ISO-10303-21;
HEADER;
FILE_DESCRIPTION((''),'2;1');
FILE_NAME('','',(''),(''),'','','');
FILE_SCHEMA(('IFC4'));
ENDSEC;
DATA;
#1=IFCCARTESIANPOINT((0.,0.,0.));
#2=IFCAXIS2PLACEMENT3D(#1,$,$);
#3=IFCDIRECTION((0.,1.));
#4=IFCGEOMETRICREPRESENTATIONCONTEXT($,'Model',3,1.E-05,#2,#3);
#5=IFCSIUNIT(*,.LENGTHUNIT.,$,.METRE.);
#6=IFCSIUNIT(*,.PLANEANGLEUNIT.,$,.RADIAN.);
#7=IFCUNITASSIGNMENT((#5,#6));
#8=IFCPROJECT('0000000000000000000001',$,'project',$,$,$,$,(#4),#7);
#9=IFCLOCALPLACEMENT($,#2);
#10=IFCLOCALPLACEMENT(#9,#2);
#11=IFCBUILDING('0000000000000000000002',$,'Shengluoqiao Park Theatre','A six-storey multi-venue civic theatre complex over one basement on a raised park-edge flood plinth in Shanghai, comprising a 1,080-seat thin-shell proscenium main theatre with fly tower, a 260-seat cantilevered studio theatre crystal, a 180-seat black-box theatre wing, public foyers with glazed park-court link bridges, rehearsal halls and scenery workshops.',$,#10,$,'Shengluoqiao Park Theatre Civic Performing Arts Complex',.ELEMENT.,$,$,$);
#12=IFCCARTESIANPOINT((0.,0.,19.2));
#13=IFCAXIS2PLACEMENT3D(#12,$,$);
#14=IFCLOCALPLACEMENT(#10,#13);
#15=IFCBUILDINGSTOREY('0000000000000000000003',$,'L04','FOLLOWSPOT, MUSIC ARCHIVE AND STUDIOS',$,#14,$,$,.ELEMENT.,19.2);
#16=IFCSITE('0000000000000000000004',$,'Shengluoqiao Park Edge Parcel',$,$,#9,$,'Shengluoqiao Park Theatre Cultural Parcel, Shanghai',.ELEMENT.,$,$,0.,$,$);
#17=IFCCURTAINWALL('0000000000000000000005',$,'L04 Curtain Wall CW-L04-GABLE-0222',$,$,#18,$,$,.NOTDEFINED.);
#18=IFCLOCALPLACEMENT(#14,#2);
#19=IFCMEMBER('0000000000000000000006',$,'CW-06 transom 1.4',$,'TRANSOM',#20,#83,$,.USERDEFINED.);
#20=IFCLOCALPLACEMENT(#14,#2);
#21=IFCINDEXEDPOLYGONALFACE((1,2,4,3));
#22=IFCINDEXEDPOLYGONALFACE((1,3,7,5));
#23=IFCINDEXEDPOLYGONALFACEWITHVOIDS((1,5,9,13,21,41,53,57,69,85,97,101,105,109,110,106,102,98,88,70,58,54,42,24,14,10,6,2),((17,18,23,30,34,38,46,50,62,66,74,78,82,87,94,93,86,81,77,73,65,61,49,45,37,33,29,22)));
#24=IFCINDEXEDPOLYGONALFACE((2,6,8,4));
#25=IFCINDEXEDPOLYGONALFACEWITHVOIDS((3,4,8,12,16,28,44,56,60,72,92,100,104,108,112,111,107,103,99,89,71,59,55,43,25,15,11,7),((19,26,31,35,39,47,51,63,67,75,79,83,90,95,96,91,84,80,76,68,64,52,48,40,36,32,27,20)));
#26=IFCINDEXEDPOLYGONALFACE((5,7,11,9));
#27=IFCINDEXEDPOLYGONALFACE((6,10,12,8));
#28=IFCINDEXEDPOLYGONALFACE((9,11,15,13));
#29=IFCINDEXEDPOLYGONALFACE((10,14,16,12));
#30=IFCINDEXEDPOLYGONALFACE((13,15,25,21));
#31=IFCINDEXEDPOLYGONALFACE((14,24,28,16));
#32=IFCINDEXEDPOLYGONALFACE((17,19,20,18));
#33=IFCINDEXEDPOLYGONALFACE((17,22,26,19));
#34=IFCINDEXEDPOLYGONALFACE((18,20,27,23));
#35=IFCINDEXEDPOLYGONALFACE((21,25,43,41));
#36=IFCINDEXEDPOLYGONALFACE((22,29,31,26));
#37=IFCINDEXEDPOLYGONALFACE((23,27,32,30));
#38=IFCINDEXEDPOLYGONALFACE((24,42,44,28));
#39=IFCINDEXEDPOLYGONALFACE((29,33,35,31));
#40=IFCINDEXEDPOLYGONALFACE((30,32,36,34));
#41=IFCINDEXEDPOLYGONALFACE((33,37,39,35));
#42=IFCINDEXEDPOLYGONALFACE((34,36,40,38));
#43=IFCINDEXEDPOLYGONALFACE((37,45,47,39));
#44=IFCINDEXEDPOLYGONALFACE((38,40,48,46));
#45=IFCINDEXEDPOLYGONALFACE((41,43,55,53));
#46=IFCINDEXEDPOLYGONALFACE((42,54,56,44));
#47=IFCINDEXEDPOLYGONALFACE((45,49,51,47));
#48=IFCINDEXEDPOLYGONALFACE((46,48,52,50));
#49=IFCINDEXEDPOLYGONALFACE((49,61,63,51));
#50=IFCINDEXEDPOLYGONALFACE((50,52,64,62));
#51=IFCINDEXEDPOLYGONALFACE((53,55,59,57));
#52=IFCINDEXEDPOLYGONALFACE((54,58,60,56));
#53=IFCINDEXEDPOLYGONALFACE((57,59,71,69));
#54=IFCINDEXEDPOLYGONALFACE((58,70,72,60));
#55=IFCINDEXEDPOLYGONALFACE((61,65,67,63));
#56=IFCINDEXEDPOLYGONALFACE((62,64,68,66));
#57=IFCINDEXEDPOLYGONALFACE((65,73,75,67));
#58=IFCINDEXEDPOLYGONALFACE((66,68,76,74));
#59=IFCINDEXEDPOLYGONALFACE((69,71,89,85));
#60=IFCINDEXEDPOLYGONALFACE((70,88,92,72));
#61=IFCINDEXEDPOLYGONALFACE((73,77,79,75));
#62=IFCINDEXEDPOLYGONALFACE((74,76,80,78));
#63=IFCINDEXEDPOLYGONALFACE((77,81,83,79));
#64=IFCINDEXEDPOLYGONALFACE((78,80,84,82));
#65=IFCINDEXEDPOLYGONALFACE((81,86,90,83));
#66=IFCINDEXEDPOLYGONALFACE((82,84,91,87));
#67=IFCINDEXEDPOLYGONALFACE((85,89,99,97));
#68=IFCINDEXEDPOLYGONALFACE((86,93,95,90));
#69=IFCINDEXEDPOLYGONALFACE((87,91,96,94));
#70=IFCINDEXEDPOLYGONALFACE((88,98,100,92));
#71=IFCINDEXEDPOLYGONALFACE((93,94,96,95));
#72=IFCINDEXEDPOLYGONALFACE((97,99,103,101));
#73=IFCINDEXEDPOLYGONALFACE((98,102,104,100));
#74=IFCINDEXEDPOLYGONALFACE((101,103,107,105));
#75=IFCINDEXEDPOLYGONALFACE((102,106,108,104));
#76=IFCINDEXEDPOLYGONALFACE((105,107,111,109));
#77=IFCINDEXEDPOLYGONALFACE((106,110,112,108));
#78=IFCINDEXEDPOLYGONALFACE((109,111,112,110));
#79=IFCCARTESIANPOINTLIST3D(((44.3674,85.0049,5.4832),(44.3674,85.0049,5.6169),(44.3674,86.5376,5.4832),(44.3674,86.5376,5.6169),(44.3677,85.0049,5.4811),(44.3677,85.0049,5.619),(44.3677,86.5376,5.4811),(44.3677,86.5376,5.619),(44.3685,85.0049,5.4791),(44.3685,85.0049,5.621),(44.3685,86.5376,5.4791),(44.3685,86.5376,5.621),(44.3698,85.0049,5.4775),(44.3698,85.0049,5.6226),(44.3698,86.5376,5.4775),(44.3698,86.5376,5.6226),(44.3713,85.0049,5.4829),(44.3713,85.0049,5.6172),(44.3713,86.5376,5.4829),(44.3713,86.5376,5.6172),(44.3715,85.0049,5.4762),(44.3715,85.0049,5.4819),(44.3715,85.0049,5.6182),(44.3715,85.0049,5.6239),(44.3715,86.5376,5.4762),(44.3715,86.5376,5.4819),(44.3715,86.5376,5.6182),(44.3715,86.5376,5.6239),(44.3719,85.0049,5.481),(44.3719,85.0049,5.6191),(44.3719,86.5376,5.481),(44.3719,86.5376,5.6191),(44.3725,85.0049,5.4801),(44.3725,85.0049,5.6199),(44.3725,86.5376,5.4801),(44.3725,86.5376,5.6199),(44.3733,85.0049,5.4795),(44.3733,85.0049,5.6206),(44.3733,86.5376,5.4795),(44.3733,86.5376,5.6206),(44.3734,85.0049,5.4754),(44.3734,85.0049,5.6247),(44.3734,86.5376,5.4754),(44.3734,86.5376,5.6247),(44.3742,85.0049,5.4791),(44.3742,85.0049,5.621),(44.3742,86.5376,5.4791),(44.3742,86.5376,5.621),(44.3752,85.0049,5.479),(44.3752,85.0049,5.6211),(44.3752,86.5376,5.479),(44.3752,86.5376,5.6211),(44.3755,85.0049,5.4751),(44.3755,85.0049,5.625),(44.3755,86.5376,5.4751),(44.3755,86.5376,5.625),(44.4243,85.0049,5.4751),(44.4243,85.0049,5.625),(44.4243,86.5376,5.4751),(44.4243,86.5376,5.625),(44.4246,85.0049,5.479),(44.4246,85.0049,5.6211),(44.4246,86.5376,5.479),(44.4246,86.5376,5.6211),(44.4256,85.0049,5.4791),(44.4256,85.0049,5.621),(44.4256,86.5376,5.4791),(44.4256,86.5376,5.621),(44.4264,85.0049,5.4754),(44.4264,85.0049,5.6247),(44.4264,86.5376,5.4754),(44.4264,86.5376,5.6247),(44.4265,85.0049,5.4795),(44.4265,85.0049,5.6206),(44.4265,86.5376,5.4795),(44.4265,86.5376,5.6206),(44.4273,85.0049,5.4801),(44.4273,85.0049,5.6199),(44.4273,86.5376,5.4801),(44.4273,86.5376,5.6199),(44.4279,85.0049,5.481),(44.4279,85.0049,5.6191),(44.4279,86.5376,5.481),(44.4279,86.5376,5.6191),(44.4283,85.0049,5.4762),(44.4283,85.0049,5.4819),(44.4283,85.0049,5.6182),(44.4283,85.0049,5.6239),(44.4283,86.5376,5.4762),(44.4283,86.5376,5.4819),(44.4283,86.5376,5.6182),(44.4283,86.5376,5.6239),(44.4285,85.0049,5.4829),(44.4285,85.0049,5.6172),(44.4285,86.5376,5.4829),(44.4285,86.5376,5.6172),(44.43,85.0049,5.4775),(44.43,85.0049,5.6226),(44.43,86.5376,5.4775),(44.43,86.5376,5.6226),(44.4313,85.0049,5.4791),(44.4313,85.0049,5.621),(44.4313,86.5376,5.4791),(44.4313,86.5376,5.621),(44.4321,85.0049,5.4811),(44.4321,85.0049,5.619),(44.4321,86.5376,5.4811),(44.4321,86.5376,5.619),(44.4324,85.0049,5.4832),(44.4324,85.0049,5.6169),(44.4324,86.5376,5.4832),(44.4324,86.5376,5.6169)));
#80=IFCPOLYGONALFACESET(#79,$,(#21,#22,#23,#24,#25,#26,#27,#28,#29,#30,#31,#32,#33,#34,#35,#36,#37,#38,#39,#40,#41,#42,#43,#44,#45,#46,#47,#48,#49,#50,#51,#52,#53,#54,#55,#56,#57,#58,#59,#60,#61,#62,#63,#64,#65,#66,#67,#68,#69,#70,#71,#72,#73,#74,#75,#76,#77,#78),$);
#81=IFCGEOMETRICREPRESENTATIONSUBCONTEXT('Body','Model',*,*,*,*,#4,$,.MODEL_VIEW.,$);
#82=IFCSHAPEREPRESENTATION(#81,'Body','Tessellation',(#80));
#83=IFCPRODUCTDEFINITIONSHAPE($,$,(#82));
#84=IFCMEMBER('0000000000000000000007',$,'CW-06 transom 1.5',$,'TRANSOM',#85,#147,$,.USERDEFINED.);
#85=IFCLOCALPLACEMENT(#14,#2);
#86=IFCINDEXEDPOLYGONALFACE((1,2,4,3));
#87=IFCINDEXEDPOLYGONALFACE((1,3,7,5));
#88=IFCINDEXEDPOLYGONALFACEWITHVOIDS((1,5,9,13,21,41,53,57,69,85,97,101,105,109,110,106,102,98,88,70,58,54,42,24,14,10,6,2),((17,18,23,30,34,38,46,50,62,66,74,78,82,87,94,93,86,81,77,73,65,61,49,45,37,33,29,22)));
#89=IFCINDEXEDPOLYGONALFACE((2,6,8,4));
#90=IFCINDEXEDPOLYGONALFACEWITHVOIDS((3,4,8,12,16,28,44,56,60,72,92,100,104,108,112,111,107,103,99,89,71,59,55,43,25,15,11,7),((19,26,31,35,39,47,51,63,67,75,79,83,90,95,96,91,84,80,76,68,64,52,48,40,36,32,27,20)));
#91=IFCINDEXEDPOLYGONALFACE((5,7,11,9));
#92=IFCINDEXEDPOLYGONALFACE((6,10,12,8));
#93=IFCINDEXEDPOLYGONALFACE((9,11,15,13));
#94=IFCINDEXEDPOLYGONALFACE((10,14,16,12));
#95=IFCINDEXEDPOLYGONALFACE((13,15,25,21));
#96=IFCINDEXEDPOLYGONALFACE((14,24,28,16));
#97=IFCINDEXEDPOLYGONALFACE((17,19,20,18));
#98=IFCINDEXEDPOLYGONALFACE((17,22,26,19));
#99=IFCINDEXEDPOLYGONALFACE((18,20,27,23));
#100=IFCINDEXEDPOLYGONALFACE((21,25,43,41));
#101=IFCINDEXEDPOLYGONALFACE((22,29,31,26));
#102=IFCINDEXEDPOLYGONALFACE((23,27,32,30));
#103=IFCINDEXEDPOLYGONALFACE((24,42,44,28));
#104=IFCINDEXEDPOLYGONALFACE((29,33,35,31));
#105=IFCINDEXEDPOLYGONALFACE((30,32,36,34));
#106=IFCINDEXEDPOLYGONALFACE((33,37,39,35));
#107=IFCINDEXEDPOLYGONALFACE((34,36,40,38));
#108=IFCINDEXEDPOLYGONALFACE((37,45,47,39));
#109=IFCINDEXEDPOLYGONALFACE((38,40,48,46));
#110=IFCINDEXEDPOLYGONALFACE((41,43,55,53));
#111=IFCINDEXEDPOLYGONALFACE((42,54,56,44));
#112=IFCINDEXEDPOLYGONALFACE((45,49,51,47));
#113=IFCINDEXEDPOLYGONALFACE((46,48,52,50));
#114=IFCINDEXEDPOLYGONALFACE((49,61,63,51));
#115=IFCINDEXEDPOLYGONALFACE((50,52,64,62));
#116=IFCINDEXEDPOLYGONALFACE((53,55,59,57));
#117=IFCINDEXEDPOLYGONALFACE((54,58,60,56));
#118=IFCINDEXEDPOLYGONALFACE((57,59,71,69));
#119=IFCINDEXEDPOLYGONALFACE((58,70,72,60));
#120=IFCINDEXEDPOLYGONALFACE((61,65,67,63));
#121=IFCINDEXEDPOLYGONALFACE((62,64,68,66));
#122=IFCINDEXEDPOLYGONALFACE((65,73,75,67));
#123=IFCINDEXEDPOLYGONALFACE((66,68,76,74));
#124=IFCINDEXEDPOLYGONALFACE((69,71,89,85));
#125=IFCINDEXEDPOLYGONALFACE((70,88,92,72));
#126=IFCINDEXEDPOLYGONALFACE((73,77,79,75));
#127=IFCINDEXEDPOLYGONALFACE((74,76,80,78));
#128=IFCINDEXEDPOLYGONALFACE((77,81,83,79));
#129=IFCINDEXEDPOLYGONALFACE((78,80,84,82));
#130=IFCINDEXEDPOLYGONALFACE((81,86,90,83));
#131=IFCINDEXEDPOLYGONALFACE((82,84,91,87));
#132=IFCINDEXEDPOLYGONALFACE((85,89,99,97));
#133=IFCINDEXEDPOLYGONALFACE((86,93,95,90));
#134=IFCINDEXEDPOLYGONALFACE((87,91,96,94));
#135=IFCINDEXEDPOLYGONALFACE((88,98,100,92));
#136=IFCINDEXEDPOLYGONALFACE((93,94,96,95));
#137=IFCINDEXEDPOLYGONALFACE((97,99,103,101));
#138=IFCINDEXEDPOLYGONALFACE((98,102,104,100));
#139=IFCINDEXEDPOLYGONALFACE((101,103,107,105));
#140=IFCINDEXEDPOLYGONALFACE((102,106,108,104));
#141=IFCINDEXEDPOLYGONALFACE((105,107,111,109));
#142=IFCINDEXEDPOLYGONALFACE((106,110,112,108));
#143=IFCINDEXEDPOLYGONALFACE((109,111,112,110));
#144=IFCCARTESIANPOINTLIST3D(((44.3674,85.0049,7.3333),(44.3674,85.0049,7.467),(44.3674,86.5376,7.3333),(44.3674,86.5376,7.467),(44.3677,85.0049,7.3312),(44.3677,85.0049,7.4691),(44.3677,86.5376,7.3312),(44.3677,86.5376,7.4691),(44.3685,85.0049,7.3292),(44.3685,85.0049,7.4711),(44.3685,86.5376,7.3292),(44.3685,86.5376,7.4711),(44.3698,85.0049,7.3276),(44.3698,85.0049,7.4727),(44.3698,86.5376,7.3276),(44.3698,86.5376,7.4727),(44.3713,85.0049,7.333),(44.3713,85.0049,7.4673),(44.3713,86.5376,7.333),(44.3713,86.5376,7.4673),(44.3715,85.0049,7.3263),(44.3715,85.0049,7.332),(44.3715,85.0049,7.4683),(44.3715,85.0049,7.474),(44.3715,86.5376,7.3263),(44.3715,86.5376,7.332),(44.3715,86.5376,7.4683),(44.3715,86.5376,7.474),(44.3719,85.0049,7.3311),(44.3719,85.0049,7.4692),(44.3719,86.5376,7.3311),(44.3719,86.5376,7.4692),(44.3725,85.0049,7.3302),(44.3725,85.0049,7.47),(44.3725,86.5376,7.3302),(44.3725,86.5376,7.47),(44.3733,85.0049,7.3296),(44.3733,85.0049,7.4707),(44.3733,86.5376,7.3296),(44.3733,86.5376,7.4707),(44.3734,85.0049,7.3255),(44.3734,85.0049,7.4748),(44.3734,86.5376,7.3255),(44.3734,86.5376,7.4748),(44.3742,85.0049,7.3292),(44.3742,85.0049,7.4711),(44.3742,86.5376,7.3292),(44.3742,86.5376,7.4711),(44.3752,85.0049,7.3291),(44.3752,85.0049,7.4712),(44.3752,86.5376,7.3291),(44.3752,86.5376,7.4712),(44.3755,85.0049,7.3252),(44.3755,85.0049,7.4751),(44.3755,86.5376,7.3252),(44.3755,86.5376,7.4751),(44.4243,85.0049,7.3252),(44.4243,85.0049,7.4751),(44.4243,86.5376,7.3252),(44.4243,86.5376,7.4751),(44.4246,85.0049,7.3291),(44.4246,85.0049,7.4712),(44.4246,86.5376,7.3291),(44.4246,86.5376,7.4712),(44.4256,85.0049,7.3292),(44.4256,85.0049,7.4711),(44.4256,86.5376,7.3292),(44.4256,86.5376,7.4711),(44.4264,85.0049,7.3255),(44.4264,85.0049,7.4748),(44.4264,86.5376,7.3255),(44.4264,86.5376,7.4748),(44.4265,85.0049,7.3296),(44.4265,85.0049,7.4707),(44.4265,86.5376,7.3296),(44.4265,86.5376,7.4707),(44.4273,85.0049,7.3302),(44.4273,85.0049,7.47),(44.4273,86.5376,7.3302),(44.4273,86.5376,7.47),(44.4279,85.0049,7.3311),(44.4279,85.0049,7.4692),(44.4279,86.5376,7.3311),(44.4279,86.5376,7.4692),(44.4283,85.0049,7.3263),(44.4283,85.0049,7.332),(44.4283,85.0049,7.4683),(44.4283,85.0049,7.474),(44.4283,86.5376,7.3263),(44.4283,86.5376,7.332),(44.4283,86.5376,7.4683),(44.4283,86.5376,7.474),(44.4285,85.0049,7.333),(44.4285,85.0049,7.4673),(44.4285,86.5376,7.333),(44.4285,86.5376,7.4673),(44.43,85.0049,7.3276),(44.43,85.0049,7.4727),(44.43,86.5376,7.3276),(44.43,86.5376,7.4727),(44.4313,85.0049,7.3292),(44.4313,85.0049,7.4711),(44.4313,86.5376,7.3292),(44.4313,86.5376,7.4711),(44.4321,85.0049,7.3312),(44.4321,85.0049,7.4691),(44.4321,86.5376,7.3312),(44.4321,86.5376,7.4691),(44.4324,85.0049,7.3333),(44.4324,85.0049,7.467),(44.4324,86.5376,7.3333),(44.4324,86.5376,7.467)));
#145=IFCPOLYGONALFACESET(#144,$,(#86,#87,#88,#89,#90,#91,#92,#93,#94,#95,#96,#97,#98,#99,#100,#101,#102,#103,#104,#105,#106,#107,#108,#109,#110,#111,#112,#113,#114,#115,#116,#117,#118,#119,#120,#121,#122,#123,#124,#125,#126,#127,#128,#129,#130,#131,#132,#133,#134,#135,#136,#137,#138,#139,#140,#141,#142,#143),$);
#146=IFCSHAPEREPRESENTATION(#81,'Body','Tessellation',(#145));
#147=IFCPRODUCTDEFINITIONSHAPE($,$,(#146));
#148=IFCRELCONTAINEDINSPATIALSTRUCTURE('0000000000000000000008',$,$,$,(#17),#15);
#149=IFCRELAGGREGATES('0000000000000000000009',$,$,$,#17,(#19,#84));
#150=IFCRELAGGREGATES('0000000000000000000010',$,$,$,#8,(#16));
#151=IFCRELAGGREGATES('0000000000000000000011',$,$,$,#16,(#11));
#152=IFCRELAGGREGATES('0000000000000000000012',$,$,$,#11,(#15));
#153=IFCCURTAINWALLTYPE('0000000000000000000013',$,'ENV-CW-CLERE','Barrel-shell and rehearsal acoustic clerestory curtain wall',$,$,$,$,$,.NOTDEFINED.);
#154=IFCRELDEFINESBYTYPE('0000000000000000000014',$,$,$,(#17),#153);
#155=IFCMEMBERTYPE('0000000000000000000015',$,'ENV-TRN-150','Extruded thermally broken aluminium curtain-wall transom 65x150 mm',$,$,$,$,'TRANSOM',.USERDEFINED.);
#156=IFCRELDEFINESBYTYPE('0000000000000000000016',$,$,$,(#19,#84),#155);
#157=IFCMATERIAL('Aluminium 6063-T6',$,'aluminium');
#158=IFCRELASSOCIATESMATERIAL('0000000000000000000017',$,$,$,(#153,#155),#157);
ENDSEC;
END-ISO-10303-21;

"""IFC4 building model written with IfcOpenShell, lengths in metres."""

from ifc_helpers import new_model, si_unit, direction, frame, origin, origin_2d, place, context, subcontext, project, spatial, hollow_rectangle, extrude, material, material_profile, profile_set, type_object, element, aggregate, save


model = new_model("IFC4")

# Units and contexts
model_context = context("Model", 3, precision=1e-05, world=origin(), true_north=direction((0.0, 1.0)))
body_context = subcontext(model_context, "Body", "Model", "MODEL_VIEW")
ifc_project = project(units=[si_unit("LENGTHUNIT", "METRE"), si_unit("PLANEANGLEUNIT", "RADIAN")], contexts=[model_context])

# Site, building, storey
site_placement = place(None, origin())
site = spatial("IfcSite", under=ifc_project, at=site_placement, Name="Shengluoqiao Park Edge Parcel", LongName="Shengluoqiao Park Theatre Cultural Parcel, Shanghai", CompositionType="ELEMENT", RefElevation=0.0)
building_placement = place(site_placement, origin())
building = spatial("IfcBuilding", under=site, at=building_placement, Name="Shengluoqiao Park Theatre", Description="A six-storey multi-venue civic theatre complex over one basement on a raised park-edge flood plinth in Shanghai, comprising a 1,080-seat thin-shell proscenium main theatre with fly tower, a 260-seat cantilevered studio theatre crystal, a 180-seat black-box theatre wing, public foyers with glazed park-court link bridges, rehearsal halls and scenery workshops.", LongName="Shengluoqiao Park Theatre Civic Performing Arts Complex", CompositionType="ELEMENT")
storey_placement = place(building_placement, frame((0.0, 0.0, 19.2)))
storey = spatial("IfcBuildingStorey", under=building, at=storey_placement, Name="L04", Description="FOLLOWSPOT, MUSIC ARCHIVE AND STUDIOS", CompositionType="ELEMENT", Elevation=19.2)

# Shared definitions
ifc_material_1 = material(Name="Aluminium 6063-T6", Category="aluminium")
curtain_wall_type = type_object("IfcCurtainWallType", Name="ENV-CW-CLERE", Description="Barrel-shell and rehearsal acoustic clerestory curtain wall", PredefinedType="NOTDEFINED", material=ifc_material_1)
ifc_material_profile = material_profile(ifc_material_1, hollow_rectangle(XDim=0.0649, YDim=0.1499, WallThickness=0.0039, InnerFilletRadius=0.0039, OuterFilletRadius=0.0081, at=origin_2d()), Name="ALU TRANSOM 150x65x4")
ifc_profile_set = profile_set([ifc_material_profile], Name="Aluminium 6063-T6")
member_type = type_object("IfcMemberType", Name="ENV-TRN-150", Description="Extruded thermally broken aluminium curtain-wall transom 65x150 mm", ElementType="TRANSOM", PredefinedType="USERDEFINED", material=ifc_profile_set)

# Curtain wall, members
curtain_wall_1_placement = place(storey_placement, origin())
curtain_wall_1 = element("IfcCurtainWall", 1, at=curtain_wall_1_placement, inside=storey, type_object=curtain_wall_type, Name="L04 Curtain Wall CW-L04-GABLE-0222", PredefinedType="NOTDEFINED")
member_1_placement = place(storey_placement, frame((44.3999, 85.0049, 5.55), z_axis=(0.0, 1.0, 0.0), x_axis=(-1.0, 0.0, 0.0)))
member_1 = element("IfcMember", 2, at=member_1_placement, type_object=member_type, Name="CW-06 transom 1.4", ObjectType="TRANSOM", PredefinedType="USERDEFINED", context=body_context, shape_type="SweptSolid", body=[
    extrude(hollow_rectangle(XDim=0.0649, YDim=0.1499, WallThickness=0.0039, InnerFilletRadius=0.0039, OuterFilletRadius=0.0081, at=origin_2d()), origin(), (0.0, 0.0, 1.0), 1.5327),
])
member_2_placement = place(storey_placement, frame((44.3999, 85.0049, 7.4001), z_axis=(0.0, 1.0, 0.0), x_axis=(-1.0, 0.0, 0.0)))
member_2 = element("IfcMember", 3, at=member_2_placement, type_object=member_type, Name="CW-06 transom 1.5", ObjectType="TRANSOM", PredefinedType="USERDEFINED", context=body_context, shape_type="SweptSolid", body=[
    extrude(hollow_rectangle(XDim=0.0649, YDim=0.1499, WallThickness=0.0039, InnerFilletRadius=0.0039, OuterFilletRadius=0.0081, at=origin_2d()), origin(), (0.0, 0.0, 1.0), 1.5327),
])

aggregate(curtain_wall_1, [member_1, member_2])

save(model, "model.ifc")
